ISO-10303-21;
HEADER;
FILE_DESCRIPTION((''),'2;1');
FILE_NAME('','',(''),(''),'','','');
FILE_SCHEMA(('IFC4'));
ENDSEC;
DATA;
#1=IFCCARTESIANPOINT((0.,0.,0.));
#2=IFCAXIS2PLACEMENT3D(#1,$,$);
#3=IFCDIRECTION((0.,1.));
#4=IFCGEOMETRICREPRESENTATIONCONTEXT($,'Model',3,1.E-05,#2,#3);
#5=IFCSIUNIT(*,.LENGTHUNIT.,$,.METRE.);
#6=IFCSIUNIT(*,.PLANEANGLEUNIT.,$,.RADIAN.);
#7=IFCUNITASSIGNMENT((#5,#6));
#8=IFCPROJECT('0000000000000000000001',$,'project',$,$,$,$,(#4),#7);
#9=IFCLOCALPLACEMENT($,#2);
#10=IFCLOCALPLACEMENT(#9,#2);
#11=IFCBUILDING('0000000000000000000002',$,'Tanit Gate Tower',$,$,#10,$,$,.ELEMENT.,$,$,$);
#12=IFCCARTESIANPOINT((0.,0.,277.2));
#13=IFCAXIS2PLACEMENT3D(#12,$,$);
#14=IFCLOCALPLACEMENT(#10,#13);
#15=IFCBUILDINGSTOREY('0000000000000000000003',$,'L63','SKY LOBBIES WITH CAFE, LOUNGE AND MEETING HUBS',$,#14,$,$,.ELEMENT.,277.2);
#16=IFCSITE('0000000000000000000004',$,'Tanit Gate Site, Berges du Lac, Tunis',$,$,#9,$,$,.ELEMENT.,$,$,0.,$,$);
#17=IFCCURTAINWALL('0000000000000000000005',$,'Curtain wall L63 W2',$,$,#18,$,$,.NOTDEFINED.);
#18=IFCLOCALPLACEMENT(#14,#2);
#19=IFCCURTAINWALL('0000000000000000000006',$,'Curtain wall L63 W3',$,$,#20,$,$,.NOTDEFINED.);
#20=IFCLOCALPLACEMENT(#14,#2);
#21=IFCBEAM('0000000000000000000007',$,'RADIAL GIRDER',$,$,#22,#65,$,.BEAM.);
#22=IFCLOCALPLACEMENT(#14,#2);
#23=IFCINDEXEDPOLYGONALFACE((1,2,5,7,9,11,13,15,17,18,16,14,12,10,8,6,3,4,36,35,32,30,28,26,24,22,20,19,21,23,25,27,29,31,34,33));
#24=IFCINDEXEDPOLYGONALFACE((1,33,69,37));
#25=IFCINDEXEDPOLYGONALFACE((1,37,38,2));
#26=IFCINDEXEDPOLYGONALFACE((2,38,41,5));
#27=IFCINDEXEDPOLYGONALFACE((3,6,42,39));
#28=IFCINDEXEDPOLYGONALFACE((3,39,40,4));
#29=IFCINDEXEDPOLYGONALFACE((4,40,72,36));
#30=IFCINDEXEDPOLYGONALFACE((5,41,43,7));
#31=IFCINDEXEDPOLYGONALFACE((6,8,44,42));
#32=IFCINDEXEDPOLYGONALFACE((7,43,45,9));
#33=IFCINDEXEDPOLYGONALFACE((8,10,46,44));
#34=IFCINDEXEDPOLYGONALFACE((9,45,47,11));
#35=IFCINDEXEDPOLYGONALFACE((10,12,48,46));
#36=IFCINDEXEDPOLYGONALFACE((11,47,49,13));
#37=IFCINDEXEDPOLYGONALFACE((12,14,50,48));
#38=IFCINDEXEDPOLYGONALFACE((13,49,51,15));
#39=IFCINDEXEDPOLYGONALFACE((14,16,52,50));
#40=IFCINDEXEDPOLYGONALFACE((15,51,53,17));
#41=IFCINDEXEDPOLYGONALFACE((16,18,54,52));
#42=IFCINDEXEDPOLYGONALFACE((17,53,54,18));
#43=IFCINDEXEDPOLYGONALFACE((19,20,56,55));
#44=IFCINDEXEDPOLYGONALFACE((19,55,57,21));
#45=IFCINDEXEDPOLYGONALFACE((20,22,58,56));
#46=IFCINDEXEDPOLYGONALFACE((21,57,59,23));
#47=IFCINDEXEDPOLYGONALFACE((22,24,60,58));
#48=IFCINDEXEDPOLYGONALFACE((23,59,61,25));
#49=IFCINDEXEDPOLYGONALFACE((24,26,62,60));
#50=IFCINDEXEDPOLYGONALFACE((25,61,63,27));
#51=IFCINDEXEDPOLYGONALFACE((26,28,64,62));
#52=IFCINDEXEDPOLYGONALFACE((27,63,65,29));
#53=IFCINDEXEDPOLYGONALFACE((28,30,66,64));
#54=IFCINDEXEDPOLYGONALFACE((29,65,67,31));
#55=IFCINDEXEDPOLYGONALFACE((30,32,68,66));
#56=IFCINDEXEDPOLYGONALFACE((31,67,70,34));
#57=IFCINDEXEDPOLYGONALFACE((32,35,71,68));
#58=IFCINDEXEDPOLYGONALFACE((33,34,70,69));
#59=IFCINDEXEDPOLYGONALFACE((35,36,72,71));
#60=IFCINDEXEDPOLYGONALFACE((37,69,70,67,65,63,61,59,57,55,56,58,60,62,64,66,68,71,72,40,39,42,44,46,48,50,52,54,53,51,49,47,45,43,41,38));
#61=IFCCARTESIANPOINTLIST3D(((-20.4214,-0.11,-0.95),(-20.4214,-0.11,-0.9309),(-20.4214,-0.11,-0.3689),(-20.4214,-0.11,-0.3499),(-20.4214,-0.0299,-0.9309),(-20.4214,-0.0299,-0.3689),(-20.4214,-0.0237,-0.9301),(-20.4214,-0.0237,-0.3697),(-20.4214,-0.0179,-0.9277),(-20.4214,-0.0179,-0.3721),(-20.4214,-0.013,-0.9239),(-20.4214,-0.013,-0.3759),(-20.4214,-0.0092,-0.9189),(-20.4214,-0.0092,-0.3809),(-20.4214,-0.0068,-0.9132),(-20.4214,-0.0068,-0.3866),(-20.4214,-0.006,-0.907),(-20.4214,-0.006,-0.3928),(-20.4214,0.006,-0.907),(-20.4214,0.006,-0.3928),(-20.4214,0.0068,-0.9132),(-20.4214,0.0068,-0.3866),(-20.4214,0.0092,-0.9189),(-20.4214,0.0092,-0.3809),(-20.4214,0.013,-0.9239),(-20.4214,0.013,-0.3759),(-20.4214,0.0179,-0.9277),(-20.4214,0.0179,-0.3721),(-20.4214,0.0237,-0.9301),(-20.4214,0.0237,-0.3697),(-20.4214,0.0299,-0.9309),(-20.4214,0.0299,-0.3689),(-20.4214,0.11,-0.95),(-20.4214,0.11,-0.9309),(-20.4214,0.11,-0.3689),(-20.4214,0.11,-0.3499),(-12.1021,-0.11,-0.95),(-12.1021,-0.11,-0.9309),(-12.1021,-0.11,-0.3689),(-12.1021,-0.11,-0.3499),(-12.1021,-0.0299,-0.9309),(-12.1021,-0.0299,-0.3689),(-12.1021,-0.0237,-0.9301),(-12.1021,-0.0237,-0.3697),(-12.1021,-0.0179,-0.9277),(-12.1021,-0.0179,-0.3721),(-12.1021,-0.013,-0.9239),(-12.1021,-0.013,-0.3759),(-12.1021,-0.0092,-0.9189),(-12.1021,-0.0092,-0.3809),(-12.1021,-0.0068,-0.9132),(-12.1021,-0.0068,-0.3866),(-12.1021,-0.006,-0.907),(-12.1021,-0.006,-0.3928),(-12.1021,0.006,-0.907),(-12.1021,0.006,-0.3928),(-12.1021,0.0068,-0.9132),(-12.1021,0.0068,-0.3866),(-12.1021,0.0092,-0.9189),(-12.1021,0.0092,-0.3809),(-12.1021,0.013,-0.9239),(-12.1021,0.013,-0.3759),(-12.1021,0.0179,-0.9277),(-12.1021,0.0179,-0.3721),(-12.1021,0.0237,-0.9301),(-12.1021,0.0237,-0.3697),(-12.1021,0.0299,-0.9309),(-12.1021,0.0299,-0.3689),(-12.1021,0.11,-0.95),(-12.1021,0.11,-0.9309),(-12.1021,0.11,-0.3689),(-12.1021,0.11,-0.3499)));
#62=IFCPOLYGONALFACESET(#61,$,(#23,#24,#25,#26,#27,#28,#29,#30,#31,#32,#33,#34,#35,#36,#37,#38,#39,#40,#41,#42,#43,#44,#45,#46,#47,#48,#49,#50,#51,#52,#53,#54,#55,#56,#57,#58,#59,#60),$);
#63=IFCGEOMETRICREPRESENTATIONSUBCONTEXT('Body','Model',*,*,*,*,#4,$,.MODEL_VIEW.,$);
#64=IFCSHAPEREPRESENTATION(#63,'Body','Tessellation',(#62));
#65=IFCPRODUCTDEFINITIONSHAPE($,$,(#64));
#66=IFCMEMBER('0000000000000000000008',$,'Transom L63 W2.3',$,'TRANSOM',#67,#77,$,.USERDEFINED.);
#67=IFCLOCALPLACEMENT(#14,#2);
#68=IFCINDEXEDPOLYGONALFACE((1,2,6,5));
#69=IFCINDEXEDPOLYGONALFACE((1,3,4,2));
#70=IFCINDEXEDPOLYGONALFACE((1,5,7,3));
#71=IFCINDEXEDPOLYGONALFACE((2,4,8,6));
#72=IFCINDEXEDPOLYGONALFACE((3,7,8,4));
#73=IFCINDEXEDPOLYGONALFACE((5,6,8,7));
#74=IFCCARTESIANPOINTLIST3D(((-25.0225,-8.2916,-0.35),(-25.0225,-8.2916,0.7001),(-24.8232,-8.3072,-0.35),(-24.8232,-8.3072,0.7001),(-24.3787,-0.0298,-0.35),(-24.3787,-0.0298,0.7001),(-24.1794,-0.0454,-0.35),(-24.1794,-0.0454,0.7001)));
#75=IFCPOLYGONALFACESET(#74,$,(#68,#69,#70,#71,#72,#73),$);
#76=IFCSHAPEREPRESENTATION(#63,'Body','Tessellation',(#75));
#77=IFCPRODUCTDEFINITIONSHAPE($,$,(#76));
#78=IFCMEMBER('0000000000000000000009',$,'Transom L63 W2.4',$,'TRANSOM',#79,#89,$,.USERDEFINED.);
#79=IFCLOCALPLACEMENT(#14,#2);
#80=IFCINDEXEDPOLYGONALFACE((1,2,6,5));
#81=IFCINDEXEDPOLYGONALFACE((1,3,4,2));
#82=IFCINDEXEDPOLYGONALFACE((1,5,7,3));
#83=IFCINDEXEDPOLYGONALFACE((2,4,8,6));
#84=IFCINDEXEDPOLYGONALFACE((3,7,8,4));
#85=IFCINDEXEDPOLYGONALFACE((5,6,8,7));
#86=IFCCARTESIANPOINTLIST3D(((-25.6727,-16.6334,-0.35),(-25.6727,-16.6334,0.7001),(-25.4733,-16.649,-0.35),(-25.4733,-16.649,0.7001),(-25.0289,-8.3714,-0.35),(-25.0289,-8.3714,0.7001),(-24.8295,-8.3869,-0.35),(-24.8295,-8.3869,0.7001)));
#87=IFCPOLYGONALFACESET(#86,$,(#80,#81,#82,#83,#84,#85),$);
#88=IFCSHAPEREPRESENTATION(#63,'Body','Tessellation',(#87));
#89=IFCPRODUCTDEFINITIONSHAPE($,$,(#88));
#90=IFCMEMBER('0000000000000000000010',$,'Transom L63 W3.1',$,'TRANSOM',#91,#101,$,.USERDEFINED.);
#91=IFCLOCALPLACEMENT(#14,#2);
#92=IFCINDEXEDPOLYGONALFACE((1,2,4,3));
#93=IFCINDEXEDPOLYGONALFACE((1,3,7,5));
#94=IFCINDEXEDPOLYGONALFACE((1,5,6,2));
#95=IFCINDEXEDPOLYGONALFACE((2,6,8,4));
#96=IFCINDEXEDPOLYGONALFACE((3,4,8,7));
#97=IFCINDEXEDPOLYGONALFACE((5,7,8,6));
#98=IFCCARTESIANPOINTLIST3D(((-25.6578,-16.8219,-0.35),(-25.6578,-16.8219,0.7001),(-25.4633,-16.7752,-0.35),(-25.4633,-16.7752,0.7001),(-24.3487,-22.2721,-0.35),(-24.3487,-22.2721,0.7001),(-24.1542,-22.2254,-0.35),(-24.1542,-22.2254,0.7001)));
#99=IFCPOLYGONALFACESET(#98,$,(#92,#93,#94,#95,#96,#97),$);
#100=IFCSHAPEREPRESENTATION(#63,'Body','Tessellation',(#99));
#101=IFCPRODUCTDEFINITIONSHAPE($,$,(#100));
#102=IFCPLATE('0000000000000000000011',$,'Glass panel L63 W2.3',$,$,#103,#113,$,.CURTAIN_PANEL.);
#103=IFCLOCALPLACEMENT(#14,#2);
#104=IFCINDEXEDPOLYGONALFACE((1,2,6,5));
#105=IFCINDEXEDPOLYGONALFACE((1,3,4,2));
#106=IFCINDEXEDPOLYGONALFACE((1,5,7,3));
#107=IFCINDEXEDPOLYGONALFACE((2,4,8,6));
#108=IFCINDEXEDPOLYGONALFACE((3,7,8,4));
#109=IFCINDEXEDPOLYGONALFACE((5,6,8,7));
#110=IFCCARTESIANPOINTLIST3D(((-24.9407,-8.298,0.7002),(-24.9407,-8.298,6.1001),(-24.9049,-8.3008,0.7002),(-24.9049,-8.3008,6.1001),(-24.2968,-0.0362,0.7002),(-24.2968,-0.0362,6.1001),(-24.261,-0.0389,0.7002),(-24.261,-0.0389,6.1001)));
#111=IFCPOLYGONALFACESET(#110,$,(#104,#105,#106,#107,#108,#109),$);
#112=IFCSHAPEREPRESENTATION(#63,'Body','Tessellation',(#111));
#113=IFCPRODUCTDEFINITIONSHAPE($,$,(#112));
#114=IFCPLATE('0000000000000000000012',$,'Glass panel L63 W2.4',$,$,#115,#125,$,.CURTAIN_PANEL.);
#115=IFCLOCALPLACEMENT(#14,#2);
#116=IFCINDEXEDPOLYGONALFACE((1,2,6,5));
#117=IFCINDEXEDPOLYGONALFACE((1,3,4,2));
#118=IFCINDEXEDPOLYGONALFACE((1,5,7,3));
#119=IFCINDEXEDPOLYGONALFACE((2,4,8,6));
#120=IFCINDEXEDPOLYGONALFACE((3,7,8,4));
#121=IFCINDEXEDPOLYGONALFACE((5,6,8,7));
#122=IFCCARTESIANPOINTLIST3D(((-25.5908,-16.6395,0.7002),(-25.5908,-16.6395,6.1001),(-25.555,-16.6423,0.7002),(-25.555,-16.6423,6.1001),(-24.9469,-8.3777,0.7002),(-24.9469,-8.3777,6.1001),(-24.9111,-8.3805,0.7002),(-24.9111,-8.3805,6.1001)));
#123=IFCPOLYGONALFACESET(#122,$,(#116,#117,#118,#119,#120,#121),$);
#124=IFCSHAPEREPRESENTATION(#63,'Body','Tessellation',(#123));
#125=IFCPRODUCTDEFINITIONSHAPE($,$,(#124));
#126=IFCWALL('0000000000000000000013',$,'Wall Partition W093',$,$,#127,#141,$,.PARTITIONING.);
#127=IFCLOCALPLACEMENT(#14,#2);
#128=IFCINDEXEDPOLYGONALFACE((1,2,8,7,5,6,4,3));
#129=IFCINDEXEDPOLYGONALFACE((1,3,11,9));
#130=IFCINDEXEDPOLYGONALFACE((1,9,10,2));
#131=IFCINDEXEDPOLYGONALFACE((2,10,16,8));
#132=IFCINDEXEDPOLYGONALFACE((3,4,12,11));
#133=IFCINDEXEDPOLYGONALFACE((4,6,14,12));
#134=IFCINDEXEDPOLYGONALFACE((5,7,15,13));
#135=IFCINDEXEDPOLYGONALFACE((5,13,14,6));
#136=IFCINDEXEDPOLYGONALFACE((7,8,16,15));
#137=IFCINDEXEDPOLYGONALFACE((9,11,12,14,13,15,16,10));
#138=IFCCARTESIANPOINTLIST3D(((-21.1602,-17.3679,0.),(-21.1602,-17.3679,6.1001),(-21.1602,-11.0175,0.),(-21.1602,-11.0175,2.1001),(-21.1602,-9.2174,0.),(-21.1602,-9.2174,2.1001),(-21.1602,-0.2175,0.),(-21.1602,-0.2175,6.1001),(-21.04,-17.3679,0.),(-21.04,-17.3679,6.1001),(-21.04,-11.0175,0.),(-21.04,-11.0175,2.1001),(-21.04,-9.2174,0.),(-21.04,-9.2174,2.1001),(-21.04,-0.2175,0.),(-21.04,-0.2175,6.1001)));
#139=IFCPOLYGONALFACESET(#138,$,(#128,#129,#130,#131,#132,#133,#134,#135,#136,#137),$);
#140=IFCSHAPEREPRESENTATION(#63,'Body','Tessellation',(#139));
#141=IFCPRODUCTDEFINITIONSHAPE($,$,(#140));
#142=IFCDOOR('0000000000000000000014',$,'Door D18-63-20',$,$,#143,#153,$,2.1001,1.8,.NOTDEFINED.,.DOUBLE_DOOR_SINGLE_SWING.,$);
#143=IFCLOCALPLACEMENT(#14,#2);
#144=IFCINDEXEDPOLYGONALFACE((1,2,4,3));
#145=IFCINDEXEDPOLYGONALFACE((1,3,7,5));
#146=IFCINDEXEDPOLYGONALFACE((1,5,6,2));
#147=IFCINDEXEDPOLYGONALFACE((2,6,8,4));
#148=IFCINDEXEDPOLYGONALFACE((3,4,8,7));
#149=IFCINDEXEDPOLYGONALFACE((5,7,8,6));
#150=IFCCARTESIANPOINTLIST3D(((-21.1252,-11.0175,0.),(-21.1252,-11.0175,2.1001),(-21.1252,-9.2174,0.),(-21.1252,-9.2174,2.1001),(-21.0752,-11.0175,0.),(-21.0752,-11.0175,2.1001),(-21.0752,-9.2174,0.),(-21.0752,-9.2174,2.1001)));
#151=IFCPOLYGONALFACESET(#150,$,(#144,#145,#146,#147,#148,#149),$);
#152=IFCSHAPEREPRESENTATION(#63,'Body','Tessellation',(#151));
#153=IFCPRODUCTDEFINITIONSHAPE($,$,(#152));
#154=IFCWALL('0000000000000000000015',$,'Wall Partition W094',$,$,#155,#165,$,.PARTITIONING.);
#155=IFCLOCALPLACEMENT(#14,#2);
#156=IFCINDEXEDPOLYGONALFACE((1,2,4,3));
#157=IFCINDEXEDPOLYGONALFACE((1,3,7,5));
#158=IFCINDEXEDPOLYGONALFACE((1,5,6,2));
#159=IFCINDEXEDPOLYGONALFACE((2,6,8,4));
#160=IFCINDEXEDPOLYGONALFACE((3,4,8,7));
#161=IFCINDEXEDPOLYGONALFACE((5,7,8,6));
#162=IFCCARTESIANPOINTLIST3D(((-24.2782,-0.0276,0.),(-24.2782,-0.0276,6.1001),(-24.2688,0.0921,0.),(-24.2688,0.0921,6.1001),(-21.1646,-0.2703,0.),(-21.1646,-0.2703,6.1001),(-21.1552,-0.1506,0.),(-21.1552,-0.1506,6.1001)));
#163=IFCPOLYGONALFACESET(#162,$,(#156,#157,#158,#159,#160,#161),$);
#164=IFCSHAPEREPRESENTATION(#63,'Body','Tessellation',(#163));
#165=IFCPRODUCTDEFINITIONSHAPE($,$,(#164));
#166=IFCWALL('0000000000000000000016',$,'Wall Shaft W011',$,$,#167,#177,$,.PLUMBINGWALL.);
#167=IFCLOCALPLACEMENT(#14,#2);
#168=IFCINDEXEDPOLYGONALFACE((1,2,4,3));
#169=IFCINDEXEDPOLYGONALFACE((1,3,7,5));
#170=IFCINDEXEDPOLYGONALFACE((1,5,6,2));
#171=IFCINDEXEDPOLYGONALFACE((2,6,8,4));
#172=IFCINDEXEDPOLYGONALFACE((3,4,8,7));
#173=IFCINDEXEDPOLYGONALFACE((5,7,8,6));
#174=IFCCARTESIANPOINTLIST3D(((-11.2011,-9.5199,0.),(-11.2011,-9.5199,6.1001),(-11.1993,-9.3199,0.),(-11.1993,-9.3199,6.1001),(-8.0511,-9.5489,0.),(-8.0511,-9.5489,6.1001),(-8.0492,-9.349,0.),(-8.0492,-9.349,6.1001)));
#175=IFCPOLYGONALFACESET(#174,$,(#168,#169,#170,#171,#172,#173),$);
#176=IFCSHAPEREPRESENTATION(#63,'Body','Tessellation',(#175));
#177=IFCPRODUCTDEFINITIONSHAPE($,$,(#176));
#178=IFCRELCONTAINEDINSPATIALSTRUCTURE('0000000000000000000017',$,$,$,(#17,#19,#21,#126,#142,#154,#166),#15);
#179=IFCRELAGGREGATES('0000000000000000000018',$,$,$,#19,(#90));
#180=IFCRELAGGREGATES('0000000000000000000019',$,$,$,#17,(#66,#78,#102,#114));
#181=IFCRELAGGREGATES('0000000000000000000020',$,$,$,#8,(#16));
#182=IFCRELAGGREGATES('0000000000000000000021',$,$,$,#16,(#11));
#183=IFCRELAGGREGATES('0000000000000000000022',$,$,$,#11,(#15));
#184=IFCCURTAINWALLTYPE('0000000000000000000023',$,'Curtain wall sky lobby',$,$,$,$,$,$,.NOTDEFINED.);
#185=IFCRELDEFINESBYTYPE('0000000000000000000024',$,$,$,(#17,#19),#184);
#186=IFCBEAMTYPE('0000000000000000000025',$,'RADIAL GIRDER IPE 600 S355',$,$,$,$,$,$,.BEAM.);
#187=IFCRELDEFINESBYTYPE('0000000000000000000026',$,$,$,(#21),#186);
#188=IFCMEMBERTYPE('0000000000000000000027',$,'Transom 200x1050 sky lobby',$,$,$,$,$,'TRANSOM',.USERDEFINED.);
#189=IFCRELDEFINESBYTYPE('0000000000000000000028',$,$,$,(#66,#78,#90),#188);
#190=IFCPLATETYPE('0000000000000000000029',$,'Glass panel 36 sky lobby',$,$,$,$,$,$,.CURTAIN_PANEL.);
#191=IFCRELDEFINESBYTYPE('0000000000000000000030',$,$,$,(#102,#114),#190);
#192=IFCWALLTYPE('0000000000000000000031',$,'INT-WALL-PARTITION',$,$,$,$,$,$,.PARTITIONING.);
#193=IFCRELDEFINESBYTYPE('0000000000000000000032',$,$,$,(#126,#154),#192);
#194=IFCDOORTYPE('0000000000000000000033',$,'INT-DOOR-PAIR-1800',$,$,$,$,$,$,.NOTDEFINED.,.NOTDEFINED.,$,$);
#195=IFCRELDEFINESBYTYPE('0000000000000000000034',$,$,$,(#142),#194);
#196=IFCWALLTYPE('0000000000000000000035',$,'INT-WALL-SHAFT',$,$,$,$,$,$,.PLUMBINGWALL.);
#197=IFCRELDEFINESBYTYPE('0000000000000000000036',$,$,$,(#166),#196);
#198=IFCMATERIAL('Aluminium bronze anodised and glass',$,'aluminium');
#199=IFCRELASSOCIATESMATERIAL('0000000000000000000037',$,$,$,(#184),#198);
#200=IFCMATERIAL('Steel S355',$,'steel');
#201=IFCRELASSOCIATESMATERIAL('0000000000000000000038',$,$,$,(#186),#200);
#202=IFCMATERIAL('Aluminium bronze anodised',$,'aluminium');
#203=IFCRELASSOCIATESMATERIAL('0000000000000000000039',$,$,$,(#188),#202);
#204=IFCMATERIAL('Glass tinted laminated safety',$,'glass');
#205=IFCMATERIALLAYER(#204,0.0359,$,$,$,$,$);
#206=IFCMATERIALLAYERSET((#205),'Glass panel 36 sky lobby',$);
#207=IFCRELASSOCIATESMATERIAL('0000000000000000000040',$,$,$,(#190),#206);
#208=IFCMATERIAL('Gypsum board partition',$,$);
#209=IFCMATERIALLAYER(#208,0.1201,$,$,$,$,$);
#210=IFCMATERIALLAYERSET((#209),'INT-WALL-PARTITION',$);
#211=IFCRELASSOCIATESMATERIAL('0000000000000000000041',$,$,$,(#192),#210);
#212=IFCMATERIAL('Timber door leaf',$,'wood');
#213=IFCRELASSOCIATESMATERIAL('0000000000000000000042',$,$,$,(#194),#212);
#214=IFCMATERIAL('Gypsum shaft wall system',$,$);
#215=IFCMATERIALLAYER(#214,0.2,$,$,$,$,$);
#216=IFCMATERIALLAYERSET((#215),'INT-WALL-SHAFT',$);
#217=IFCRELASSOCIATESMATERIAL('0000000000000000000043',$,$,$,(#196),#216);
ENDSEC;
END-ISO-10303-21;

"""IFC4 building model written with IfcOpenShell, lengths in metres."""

from ifc_helpers import new_model, si_unit, direction, frame, frame_2d, origin, origin_2d, place, context, subcontext, project, spatial, rectangle, i_section, extrude, material, layer, layer_set, material_profile, profile_set, type_object, element, fill, aggregate, save


model = new_model("IFC4")

# Units and contexts
model_context = context("Model", 3, precision=1e-05, world=origin(), true_north=direction((0.0, 1.0)))
body_context = subcontext(model_context, "Body", "Model", "MODEL_VIEW")
ifc_project = project(units=[si_unit("LENGTHUNIT", "METRE"), si_unit("PLANEANGLEUNIT", "RADIAN")], contexts=[model_context])

# Site, building, storey
site_placement = place(None, origin())
site = spatial("IfcSite", under=ifc_project, at=site_placement, Name="Tanit Gate Site, Berges du Lac, Tunis", CompositionType="ELEMENT", RefElevation=0.0)
building_placement = place(site_placement, origin())
building = spatial("IfcBuilding", under=site, at=building_placement, Name="Tanit Gate Tower", CompositionType="ELEMENT")
storey_placement = place(building_placement, frame((0.0, 0.0, 277.2)))
storey = spatial("IfcBuildingStorey", under=building, at=storey_placement, Name="L63", Description="SKY LOBBIES WITH CAFE, LOUNGE AND MEETING HUBS", CompositionType="ELEMENT", Elevation=277.2)

# Curtain wall
ifc_material_1 = material(Name="Aluminium bronze anodised and glass", Category="aluminium")
curtain_wall_type = type_object("IfcCurtainWallType", Name="Curtain wall sky lobby", PredefinedType="NOTDEFINED", material=ifc_material_1)
curtain_wall_1_placement = place(storey_placement, origin())
curtain_wall_1 = element("IfcCurtainWall", 1, at=curtain_wall_1_placement, inside=storey, type_object=curtain_wall_type, Name="Curtain wall L63 W2", PredefinedType="NOTDEFINED")

# Curtain wall
curtain_wall_2_placement = place(storey_placement, origin())
curtain_wall_2 = element("IfcCurtainWall", 2, at=curtain_wall_2_placement, inside=storey, type_object=curtain_wall_type, Name="Curtain wall L63 W3", PredefinedType="NOTDEFINED")

# Beam
ifc_material_2 = material(Name="Steel S355", Category="steel")
ifc_material_profile_1 = material_profile(ifc_material_2, i_section(OverallWidth=0.22, OverallDepth=0.6001, WebThickness=0.012, FlangeThickness=0.019, FilletRadius=0.0239, at=origin_2d()), Name="IPE 600")
ifc_profile_set_1 = profile_set([ifc_material_profile_1], Name="Steel S355")
beam_type = type_object("IfcBeamType", Name="RADIAL GIRDER IPE 600 S355", PredefinedType="BEAM", material=ifc_profile_set_1)
beam_1_placement = place(storey_placement, frame((-20.4214, 0.0, -0.6499), z_axis=(1.0, 0.0, 0.0), x_axis=(0.0, 1.0, 0.0)))
element("IfcBeam", 3, at=beam_1_placement, inside=storey, type_object=beam_type, Name="RADIAL GIRDER", PredefinedType="BEAM", context=body_context, shape_type="SweptSolid", body=[
    extrude(i_section(OverallWidth=0.22, OverallDepth=0.6001, WebThickness=0.012, FlangeThickness=0.019, FilletRadius=0.0239, at=origin_2d()), origin(), (0.0, 0.0, 1.0), 8.3193),
])

# Members
ifc_material_3 = material(Name="Aluminium bronze anodised", Category="aluminium")
ifc_material_profile_2 = material_profile(ifc_material_3, rectangle(XDim=0.2, YDim=1.05, at=origin_2d()), Name="200x1050 bronze transom")
ifc_profile_set_2 = profile_set([ifc_material_profile_2], Name="Aluminium bronze anodised")
member_type_1 = type_object("IfcMemberType", Name="Transom 200x1050 sky lobby", ElementType="TRANSOM", PredefinedType="USERDEFINED", material=ifc_profile_set_2)
member_1_placement = place(storey_placement, frame((-24.2791, -0.0376, 0.175), z_axis=(-0.07769, -0.996978, 0.0), x_axis=(0.996978, -0.07769, 0.0)))
member_1 = element("IfcMember", 4, at=member_1_placement, type_object=member_type_1, Name="Transom L63 W2.3", ObjectType="TRANSOM", PredefinedType="USERDEFINED", context=body_context, shape_type="SweptSolid", body=[
    extrude(rectangle(XDim=0.2, YDim=1.05, at=origin_2d()), origin(), (0.0, 0.0, 1.0), 8.2869),
])
member_2_placement = place(storey_placement, frame((-24.9292, -8.3792, 0.175), z_axis=(-0.077688, -0.996978, 0.0), x_axis=(0.996978, -0.077688, 0.0)))
member_2 = element("IfcMember", 5, at=member_2_placement, type_object=member_type_1, Name="Transom L63 W2.4", ObjectType="TRANSOM", PredefinedType="USERDEFINED", context=body_context, shape_type="SweptSolid", body=[
    extrude(rectangle(XDim=0.2, YDim=1.05, at=origin_2d()), origin(), (0.0, 0.0, 1.0), 8.2871),
])
member_3_placement = place(storey_placement, frame((-25.5605, -16.7986, 0.175), z_axis=(0.233548, -0.972345, 0.0), x_axis=(0.972345, 0.233548, 0.0)))
member_3 = element("IfcMember", 6, at=member_3_placement, type_object=member_type_1, Name="Transom L63 W3.1", ObjectType="TRANSOM", PredefinedType="USERDEFINED", context=body_context, shape_type="SweptSolid", body=[
    extrude(rectangle(XDim=0.2, YDim=1.05, at=origin_2d()), origin(), (0.0, 0.0, 1.0), 5.6052),
])
aggregate(curtain_wall_2, [member_3])

# Plates
ifc_material_4 = material(Name="Glass tinted laminated safety", Category="glass")
ifc_layer_1 = layer(ifc_material_4, 0.0359)
ifc_layer_set_1 = layer_set([ifc_layer_1], Name="Glass panel 36 sky lobby")
plate_type = type_object("IfcPlateType", Name="Glass panel 36 sky lobby", PredefinedType="CURTAIN_PANEL", material=ifc_layer_set_1)
plate_1_placement = place(storey_placement, frame((-24.6008, -4.1685, 0.7002), z_axis=(0.0, 0.0, 1.0), x_axis=(-0.077701, -0.996977, 0.0)))
plate_1 = element("IfcPlate", 7, at=plate_1_placement, type_object=plate_type, Name="Glass panel L63 W2.3", PredefinedType="CURTAIN_PANEL", context=body_context, shape_type="SweptSolid", body=[
    extrude(rectangle(XDim=8.2869, YDim=0.0359, at=origin_2d()), origin(), (0.0, 0.0, 1.0), 5.3999),
])
plate_2_placement = place(storey_placement, frame((-25.251, -12.51, 0.7002), z_axis=(0.0, 0.0, 1.0), x_axis=(-0.077701, -0.996977, 0.0)))
plate_2 = element("IfcPlate", 8, at=plate_2_placement, type_object=plate_type, Name="Glass panel L63 W2.4", PredefinedType="CURTAIN_PANEL", context=body_context, shape_type="SweptSolid", body=[
    extrude(rectangle(XDim=8.2869, YDim=0.0359, at=origin_2d()), origin(), (0.0, 0.0, 1.0), 5.3999),
])
aggregate(curtain_wall_1, [member_1, member_2, plate_1, plate_2])

# Wall, opening, door
ifc_material_5 = material(Name="Gypsum board partition")
ifc_layer_2 = layer(ifc_material_5, 0.1201)
ifc_layer_set_2 = layer_set([ifc_layer_2], Name="INT-WALL-PARTITION")
wall_type_1 = type_object("IfcWallType", Name="INT-WALL-PARTITION", PredefinedType="PARTITIONING", material=ifc_layer_set_2)
wall_1_placement = place(storey_placement, frame((-21.1001, -0.2175, 0.0), z_axis=(0.0, 0.0, 1.0), x_axis=(0.0, -1.0, 0.0)))
wall_1 = element("IfcWall", 9, at=wall_1_placement, inside=storey, type_object=wall_type_1, Name="Wall Partition W093", PredefinedType="PARTITIONING", context=body_context, shape_type="SweptSolid", body=[
    extrude(rectangle(XDim=17.1504, YDim=0.1201, at=frame_2d((8.5752, 0.0))), origin(), (0.0, 0.0, 1.0), 6.1001),
])
opening_placement = place(wall_1_placement, frame((9.0, 0.0, 0.0)))
opening = element("IfcOpeningElement", 10, at=opening_placement, cuts=wall_1, PredefinedType="OPENING", context=body_context, shape_type="SweptSolid", body=[
    extrude(rectangle(XDim=1.8, YDim=2.1001, at=frame_2d((0.8999, 1.05))), frame((0.0, 0.0701, 0.0), z_axis=(0.0, -1.0, 0.0), x_axis=(1.0, 0.0, 0.0)), (0.0, 0.0, 1.0), 0.1401),
])
ifc_material_6 = material(Name="Timber door leaf", Category="wood")
door_type = type_object("IfcDoorType", Name="INT-DOOR-PAIR-1800", OperationType="NOTDEFINED", PredefinedType="NOTDEFINED", material=ifc_material_6)
door_placement = place(opening_placement, origin())
door = element("IfcDoor", 11, at=door_placement, inside=storey, type_object=door_type, Name="Door D18-63-20", OperationType="DOUBLE_DOOR_SINGLE_SWING", OverallHeight=2.1001, OverallWidth=1.8, PredefinedType="NOTDEFINED", context=body_context, shape_type="SweptSolid", body=[
    extrude(rectangle(XDim=1.8, YDim=2.1001, at=frame_2d((0.8999, 1.05))), frame((0.0, 0.0249, 0.0), z_axis=(0.0, -1.0, 0.0), x_axis=(1.0, 0.0, 0.0)), (0.0, 0.0, 1.0), 0.05),
])
fill(opening, door)

# Walls
wall_2_placement = place(storey_placement, frame((-21.1599, -0.2104, 0.0), z_axis=(0.0, 0.0, 1.0), x_axis=(-0.996976, 0.077707, 0.0)))
element("IfcWall", 12, at=wall_2_placement, inside=storey, type_object=wall_type_1, Name="Wall Partition W094", PredefinedType="PARTITIONING", context=body_context, shape_type="SweptSolid", body=[
    extrude(rectangle(XDim=3.123, YDim=0.1201, at=frame_2d((1.5615, 0.0))), origin(), (0.0, 0.0, 1.0), 6.1001),
])
ifc_material_7 = material(Name="Gypsum shaft wall system")
ifc_layer_3 = layer(ifc_material_7, 0.2)
ifc_layer_set_3 = layer_set([ifc_layer_3], Name="INT-WALL-SHAFT")
wall_type_2 = type_object("IfcWallType", Name="INT-WALL-SHAFT", PredefinedType="PLUMBINGWALL", material=ifc_layer_set_3)
wall_3_placement = place(storey_placement, frame((-8.05, -9.449, 0.0), z_axis=(0.0, 0.0, 1.0), x_axis=(-0.999957, 0.009223, 0.0)))
element("IfcWall", 13, at=wall_3_placement, inside=storey, type_object=wall_type_2, Name="Wall Shaft W011", PredefinedType="PLUMBINGWALL", context=body_context, shape_type="SweptSolid", body=[
    extrude(rectangle(XDim=3.1501, YDim=0.2, at=frame_2d((1.5752, 0.0))), origin(), (0.0, 0.0, 1.0), 6.1001),
])

save(model, "model.ifc")
